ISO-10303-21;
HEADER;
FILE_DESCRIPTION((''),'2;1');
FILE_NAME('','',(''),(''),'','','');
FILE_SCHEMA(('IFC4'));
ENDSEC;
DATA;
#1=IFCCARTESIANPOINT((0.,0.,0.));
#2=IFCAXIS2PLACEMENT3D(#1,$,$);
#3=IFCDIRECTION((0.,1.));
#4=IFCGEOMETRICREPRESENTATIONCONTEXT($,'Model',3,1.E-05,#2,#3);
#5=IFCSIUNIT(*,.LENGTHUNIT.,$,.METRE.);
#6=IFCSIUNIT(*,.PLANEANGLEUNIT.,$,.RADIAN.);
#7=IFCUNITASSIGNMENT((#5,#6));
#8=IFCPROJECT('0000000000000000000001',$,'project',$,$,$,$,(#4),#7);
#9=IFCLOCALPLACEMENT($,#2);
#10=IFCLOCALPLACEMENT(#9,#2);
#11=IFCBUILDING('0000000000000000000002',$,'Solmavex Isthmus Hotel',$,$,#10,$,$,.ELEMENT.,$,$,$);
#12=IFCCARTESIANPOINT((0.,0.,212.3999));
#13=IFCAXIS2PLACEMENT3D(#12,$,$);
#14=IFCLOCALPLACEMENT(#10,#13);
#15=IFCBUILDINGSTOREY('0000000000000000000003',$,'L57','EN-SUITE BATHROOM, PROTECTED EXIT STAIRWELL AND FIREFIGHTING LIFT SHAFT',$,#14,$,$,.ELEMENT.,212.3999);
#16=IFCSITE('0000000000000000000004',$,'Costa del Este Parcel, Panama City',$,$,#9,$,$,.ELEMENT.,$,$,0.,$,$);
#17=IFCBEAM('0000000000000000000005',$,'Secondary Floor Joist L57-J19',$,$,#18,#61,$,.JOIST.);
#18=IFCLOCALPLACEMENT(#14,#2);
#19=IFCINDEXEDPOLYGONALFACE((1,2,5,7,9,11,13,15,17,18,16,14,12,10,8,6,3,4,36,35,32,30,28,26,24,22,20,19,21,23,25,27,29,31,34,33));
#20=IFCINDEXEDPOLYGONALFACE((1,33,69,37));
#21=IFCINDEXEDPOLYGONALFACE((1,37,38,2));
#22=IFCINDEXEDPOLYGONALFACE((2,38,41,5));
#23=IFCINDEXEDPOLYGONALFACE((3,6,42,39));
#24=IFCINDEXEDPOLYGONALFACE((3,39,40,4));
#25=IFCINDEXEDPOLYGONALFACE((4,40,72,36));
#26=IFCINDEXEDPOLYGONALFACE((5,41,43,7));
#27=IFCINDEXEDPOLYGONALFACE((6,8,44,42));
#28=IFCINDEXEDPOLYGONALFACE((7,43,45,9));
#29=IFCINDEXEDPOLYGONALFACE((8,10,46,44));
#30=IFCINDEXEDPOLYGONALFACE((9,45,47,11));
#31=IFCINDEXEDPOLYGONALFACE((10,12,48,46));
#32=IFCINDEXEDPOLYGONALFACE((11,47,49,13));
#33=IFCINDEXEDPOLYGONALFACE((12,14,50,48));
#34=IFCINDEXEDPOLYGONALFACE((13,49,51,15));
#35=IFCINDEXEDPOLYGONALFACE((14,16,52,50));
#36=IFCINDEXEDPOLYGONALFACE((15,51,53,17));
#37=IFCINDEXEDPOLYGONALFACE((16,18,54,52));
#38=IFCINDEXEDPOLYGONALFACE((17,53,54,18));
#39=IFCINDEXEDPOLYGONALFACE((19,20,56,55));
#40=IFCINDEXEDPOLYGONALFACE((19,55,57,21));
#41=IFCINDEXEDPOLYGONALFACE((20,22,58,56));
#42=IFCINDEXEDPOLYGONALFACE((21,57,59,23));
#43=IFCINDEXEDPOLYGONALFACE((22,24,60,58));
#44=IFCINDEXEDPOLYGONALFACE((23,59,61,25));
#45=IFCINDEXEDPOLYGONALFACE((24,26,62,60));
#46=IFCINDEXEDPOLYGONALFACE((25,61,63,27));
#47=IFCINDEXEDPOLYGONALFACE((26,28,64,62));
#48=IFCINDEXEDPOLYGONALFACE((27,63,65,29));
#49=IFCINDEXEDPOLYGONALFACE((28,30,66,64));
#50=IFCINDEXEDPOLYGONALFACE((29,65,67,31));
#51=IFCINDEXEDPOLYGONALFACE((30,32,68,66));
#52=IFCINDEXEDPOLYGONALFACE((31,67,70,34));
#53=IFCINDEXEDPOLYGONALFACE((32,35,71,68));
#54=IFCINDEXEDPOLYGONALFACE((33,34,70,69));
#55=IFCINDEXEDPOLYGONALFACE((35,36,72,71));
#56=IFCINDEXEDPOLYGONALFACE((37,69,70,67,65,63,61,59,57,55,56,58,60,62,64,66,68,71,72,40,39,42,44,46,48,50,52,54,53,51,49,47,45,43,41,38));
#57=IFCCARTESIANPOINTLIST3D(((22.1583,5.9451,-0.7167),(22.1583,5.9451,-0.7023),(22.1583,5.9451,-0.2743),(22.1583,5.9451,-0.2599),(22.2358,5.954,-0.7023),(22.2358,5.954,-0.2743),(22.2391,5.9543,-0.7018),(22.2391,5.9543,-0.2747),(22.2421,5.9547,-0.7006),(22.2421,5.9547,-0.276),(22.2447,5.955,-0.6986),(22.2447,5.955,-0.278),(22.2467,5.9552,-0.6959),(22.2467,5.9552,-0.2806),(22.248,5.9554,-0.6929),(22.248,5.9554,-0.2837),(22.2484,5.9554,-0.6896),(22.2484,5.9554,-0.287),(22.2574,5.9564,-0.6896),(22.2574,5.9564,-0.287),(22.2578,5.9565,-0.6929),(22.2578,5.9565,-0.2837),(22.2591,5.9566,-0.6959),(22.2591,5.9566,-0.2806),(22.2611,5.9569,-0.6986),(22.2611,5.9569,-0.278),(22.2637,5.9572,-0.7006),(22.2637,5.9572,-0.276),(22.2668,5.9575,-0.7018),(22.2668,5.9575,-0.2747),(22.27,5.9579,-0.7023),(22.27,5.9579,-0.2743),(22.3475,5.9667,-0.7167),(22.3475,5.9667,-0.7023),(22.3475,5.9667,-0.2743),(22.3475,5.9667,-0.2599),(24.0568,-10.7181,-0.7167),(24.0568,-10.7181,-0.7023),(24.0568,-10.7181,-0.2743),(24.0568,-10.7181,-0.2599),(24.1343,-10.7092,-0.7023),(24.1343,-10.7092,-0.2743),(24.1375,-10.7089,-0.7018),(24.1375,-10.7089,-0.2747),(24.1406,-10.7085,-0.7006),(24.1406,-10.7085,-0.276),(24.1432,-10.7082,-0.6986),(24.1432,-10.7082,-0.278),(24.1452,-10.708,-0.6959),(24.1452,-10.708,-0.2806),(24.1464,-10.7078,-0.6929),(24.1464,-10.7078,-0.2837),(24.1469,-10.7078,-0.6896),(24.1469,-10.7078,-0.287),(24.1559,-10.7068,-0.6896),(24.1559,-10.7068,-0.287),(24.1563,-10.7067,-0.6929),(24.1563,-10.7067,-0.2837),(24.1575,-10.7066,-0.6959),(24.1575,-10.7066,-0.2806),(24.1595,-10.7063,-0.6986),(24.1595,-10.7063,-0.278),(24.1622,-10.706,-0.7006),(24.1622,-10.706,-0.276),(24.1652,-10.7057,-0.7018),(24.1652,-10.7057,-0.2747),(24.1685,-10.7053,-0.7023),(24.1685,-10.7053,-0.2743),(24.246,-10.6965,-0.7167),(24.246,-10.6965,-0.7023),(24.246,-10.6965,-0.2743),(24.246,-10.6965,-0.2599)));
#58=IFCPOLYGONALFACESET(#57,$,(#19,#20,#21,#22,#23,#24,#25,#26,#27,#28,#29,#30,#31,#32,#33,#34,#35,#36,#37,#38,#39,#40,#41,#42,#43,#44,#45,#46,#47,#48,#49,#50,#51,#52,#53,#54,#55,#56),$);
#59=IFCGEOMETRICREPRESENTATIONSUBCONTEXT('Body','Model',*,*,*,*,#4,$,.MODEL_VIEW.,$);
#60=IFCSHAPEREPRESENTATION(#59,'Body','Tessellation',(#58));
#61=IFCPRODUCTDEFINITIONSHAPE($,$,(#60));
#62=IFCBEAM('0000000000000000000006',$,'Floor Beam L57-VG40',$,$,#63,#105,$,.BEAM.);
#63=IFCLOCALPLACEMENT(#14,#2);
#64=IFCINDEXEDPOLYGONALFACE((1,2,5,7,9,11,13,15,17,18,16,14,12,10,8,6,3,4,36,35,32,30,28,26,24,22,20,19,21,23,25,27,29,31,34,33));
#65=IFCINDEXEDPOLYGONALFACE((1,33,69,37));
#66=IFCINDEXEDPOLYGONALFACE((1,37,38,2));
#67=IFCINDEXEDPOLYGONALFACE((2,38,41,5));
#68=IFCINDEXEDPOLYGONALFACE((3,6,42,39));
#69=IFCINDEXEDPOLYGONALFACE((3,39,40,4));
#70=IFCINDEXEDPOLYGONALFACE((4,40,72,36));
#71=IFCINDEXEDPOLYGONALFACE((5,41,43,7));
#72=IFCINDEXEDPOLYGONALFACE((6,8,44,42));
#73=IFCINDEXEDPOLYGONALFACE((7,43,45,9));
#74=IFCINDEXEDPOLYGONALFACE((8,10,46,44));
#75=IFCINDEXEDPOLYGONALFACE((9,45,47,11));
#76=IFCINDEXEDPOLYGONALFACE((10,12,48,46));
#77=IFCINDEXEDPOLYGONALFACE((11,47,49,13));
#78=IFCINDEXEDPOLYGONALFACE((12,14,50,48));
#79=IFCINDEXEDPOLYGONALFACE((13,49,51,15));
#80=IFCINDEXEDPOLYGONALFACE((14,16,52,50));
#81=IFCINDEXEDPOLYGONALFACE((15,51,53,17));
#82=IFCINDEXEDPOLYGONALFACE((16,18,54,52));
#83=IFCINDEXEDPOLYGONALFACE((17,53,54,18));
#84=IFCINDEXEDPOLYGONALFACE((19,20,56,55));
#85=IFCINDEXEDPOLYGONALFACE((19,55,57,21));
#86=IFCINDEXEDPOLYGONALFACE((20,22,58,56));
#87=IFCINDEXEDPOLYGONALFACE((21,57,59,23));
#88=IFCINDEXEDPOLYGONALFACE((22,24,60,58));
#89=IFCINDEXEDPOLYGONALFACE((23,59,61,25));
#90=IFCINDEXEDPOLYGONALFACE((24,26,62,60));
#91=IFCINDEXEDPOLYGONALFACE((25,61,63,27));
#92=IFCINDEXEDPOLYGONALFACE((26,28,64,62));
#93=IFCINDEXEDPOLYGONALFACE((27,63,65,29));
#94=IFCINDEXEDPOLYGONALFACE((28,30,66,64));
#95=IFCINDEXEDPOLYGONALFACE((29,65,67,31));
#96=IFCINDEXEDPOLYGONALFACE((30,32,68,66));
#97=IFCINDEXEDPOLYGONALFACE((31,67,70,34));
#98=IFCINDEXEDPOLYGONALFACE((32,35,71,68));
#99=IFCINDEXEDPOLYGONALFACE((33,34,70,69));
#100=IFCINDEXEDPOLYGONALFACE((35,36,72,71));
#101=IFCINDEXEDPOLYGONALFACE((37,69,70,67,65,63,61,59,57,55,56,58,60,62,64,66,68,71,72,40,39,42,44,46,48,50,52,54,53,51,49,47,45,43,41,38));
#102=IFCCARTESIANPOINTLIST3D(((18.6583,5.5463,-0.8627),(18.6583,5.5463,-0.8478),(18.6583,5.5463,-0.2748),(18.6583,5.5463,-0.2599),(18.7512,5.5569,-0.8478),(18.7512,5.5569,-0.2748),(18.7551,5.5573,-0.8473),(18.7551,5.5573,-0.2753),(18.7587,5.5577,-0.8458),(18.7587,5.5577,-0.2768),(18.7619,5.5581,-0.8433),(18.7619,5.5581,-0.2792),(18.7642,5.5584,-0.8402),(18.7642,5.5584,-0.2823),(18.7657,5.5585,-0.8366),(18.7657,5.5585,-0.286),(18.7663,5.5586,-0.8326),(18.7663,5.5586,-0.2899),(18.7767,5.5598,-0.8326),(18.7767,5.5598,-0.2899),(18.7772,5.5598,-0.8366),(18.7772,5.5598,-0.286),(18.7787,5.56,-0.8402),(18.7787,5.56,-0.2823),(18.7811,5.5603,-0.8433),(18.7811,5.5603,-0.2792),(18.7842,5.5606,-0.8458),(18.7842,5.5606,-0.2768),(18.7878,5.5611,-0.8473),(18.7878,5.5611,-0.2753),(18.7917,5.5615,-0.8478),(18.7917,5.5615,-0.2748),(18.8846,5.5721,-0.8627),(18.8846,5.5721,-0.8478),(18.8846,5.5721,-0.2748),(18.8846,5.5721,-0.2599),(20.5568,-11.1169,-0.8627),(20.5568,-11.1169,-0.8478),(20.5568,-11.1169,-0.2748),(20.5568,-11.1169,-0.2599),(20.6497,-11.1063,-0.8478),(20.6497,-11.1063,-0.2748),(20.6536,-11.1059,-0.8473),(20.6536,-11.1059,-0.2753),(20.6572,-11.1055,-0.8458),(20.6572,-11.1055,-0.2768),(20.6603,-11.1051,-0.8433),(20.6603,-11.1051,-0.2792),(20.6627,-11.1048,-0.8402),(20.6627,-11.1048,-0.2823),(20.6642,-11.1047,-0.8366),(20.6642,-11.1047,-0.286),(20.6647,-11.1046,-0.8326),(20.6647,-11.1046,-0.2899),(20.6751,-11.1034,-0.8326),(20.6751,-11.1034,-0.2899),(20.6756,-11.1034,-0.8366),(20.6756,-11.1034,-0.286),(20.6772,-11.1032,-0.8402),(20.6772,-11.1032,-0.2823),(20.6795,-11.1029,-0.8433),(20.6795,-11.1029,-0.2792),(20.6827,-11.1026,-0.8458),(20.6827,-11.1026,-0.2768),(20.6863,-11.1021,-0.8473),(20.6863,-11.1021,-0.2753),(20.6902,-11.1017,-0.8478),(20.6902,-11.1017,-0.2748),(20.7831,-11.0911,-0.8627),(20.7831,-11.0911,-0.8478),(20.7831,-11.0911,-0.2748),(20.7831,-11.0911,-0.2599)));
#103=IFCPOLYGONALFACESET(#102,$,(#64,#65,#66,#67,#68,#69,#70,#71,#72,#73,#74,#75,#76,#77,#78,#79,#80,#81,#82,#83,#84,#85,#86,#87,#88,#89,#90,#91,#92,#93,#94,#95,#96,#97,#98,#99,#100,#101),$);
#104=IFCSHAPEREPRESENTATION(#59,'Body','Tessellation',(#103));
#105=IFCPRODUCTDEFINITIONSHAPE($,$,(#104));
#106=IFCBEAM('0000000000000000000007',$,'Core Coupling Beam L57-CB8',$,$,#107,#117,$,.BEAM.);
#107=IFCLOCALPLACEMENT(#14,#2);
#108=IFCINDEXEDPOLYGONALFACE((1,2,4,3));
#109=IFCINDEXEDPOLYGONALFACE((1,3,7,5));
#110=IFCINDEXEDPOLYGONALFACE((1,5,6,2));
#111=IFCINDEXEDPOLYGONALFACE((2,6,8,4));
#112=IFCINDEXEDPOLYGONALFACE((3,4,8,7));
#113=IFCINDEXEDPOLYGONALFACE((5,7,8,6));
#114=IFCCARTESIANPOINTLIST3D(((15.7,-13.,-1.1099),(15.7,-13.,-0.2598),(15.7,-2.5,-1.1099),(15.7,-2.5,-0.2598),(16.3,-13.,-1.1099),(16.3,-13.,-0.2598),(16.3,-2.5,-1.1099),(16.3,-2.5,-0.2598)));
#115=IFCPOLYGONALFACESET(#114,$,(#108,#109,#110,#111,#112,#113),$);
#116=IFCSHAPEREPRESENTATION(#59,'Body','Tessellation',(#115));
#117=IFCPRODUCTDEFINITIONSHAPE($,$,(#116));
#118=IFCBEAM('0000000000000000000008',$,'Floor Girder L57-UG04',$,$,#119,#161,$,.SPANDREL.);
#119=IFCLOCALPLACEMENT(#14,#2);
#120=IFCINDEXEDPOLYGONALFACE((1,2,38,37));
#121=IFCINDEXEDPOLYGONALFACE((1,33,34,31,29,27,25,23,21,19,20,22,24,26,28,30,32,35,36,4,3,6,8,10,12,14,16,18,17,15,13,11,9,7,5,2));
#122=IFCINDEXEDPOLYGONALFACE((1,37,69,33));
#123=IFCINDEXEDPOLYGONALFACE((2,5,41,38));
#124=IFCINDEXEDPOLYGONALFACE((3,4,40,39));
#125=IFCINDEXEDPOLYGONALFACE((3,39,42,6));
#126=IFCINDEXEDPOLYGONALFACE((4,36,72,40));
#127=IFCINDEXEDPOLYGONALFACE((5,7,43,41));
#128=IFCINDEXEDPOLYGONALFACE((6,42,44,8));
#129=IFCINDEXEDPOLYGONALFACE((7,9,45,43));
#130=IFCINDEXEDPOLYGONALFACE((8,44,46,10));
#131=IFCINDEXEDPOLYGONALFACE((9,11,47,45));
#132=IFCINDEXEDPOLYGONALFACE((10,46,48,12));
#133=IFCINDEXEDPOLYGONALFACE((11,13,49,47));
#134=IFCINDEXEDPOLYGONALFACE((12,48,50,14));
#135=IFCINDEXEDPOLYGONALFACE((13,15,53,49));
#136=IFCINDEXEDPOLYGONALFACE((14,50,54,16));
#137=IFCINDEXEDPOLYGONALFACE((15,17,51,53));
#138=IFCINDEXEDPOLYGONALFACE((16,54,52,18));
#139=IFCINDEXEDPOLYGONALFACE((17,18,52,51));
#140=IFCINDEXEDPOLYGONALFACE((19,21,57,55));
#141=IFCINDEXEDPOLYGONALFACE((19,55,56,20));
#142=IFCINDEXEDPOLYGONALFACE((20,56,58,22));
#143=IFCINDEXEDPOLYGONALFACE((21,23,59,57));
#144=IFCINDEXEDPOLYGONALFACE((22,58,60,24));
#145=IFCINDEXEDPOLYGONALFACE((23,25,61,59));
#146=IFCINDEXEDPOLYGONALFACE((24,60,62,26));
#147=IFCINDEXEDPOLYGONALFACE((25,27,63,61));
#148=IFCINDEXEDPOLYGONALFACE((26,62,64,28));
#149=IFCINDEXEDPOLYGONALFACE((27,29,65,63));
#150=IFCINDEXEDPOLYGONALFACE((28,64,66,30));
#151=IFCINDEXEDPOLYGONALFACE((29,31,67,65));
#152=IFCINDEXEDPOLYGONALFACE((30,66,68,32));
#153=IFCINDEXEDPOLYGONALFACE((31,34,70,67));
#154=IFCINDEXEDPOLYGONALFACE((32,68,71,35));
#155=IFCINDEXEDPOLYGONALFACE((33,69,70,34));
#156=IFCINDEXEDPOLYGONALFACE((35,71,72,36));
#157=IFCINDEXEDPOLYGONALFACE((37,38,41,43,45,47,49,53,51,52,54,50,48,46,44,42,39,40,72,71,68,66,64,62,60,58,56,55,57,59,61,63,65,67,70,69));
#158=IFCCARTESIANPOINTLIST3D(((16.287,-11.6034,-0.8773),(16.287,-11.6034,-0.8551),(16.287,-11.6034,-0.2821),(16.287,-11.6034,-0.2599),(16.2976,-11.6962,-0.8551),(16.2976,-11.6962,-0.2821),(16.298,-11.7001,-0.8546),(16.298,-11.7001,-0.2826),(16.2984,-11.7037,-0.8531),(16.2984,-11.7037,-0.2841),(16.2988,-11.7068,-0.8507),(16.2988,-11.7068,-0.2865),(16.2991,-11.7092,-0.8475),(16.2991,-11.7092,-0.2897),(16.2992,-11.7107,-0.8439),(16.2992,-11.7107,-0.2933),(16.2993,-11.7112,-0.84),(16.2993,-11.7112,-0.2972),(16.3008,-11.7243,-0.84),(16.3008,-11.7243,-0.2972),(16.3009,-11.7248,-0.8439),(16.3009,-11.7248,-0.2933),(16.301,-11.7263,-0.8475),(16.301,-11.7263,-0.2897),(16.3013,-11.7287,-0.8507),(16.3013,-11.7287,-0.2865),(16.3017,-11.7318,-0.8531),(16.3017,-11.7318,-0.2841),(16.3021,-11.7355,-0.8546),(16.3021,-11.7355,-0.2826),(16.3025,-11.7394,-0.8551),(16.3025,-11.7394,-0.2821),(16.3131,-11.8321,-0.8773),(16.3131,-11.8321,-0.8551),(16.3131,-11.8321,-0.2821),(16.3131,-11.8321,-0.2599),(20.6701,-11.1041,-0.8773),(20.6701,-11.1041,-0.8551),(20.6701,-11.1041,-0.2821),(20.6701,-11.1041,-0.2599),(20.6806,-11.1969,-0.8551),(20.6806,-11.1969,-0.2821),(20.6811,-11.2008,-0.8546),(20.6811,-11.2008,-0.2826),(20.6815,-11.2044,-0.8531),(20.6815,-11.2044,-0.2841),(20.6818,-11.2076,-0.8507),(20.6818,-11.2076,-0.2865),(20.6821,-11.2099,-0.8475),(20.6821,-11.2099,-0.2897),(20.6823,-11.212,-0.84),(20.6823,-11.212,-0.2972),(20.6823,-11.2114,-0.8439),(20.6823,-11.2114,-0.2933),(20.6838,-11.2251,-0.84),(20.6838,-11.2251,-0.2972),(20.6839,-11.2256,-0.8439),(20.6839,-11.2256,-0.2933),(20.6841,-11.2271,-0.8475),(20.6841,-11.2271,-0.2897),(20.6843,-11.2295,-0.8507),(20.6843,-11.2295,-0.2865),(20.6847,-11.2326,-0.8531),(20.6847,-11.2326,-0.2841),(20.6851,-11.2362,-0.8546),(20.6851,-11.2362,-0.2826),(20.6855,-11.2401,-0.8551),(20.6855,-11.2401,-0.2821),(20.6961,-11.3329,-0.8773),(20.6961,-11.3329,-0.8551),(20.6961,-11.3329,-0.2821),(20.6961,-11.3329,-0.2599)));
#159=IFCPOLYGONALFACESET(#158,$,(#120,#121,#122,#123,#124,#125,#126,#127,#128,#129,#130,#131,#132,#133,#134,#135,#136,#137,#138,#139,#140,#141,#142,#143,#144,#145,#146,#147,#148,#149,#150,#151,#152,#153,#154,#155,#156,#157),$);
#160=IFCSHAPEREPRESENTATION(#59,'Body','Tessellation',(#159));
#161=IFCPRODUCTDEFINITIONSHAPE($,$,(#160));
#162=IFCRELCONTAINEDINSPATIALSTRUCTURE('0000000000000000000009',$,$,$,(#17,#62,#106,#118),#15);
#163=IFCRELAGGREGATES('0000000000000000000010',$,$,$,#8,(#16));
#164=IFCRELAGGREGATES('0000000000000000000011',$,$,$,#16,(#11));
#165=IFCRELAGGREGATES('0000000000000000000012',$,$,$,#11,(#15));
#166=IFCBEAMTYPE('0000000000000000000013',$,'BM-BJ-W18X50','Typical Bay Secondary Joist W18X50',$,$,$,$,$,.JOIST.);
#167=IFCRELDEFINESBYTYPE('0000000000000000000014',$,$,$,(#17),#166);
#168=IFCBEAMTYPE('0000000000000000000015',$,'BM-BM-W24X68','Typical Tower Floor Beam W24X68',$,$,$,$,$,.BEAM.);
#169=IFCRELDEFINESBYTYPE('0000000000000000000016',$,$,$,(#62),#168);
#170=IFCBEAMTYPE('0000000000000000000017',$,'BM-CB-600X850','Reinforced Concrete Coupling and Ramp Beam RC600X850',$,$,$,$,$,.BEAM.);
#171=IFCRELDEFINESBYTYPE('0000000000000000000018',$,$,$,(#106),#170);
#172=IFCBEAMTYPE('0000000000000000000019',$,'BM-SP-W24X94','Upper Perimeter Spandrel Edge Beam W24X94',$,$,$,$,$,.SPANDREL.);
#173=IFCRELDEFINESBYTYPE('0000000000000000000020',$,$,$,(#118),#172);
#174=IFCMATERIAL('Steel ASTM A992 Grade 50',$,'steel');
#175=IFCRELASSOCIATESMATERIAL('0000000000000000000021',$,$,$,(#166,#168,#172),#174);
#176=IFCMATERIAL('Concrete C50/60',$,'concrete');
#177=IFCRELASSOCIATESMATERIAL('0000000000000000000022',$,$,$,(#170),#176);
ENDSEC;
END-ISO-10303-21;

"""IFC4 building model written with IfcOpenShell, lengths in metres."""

from ifc_helpers import new_model, si_unit, direction, frame, origin, origin_2d, place, context, subcontext, project, spatial, rectangle, i_section, extrude, material, material_profile, profile_set, type_object, element, save


model = new_model("IFC4")

# Units and contexts
model_context = context("Model", 3, precision=1e-05, world=origin(), true_north=direction((0.0, 1.0)))
body_context = subcontext(model_context, "Body", "Model", "MODEL_VIEW")
ifc_project = project(units=[si_unit("LENGTHUNIT", "METRE"), si_unit("PLANEANGLEUNIT", "RADIAN")], contexts=[model_context])

# Site, building, storey
site_placement = place(None, origin())
site = spatial("IfcSite", under=ifc_project, at=site_placement, Name="Costa del Este Parcel, Panama City", CompositionType="ELEMENT", RefElevation=0.0)
building_placement = place(site_placement, origin())
building = spatial("IfcBuilding", under=site, at=building_placement, Name="Solmavex Isthmus Hotel", CompositionType="ELEMENT")
storey_placement = place(building_placement, frame((0.0, 0.0, 212.3999)))
storey = spatial("IfcBuildingStorey", under=building, at=storey_placement, Name="L57", Description="EN-SUITE BATHROOM, PROTECTED EXIT STAIRWELL AND FIREFIGHTING LIFT SHAFT", CompositionType="ELEMENT", Elevation=212.3999)

# Shared definitions
ifc_material_1 = material(Name="Concrete C50/60", Category="concrete")

# Beams
ifc_material_2 = material(Name="Steel ASTM A992 Grade 50", Category="steel")
ifc_material_profile_1 = material_profile(ifc_material_2, i_section(OverallWidth=0.1904, OverallDepth=0.4568, WebThickness=0.009, FlangeThickness=0.0144, FilletRadius=0.0127, at=origin_2d()), Name="W18X50")
ifc_profile_set_1 = profile_set([ifc_material_profile_1], Name="Steel ASTM A992 Grade 50")
beam_type_1 = type_object("IfcBeamType", Name="BM-BJ-W18X50", Description="Typical Bay Secondary Joist W18X50", PredefinedType="JOIST", material=ifc_profile_set_1)
beam_1_placement = place(storey_placement, frame((24.1514, -10.7073, -0.4883), z_axis=(-0.113198, 0.993572, 0.0), x_axis=(-0.993572, -0.113198, 0.0)))
element("IfcBeam", 1, at=beam_1_placement, inside=storey, type_object=beam_type_1, Name="Secondary Floor Joist L57-J19", PredefinedType="JOIST", context=body_context, shape_type="SweptSolid", body=[
    extrude(i_section(OverallWidth=0.1904, OverallDepth=0.4568, WebThickness=0.009, FlangeThickness=0.0144, FilletRadius=0.0127, at=origin_2d()), origin(), (0.0, 0.0, 1.0), 16.771),
])
ifc_material_profile_2 = material_profile(ifc_material_2, i_section(OverallWidth=0.2278, OverallDepth=0.6028, WebThickness=0.0105, FlangeThickness=0.0149, FilletRadius=0.0151, at=origin_2d()), Name="W24X68")
ifc_profile_set_2 = profile_set([ifc_material_profile_2], Name="Steel ASTM A992 Grade 50")
beam_type_2 = type_object("IfcBeamType", Name="BM-BM-W24X68", Description="Typical Tower Floor Beam W24X68", PredefinedType="BEAM", material=ifc_profile_set_2)
beam_2_placement = place(storey_placement, frame((20.6699, -11.104, -0.5613), z_axis=(-0.113198, 0.993572, 0.0), x_axis=(-0.993572, -0.113198, 0.0)))
element("IfcBeam", 2, at=beam_2_placement, inside=storey, type_object=beam_type_2, Name="Floor Beam L57-VG40", PredefinedType="BEAM", context=body_context, shape_type="SweptSolid", body=[
    extrude(i_section(OverallWidth=0.2278, OverallDepth=0.6028, WebThickness=0.0105, FlangeThickness=0.0149, FilletRadius=0.0151, at=origin_2d()), origin(), (0.0, 0.0, 1.0), 16.771),
])
ifc_material_profile_3 = material_profile(ifc_material_1, rectangle(XDim=0.6001, YDim=0.8501, at=origin_2d()), Name="RC600X850")
ifc_profile_set_3 = profile_set([ifc_material_profile_3], Name="Concrete C50/60")
beam_type_3 = type_object("IfcBeamType", Name="BM-CB-600X850", Description="Reinforced Concrete Coupling and Ramp Beam RC600X850", PredefinedType="BEAM", material=ifc_profile_set_3)
beam_3_placement = place(storey_placement, frame((16.0, -13.0, -0.6848), z_axis=(0.0, 1.0, 0.0), x_axis=(-1.0, 0.0, 0.0)))
element("IfcBeam", 3, at=beam_3_placement, inside=storey, type_object=beam_type_3, Name="Core Coupling Beam L57-CB8", PredefinedType="BEAM", context=body_context, shape_type="SweptSolid", body=[
    extrude(rectangle(XDim=0.6001, YDim=0.8501, at=origin_2d()), origin(), (0.0, 0.0, 1.0), 10.5),
])
ifc_material_profile_4 = material_profile(ifc_material_2, i_section(OverallWidth=0.2302, OverallDepth=0.6174, WebThickness=0.0132, FlangeThickness=0.0222, FilletRadius=0.0151, at=origin_2d()), Name="W24X94")
ifc_profile_set_4 = profile_set([ifc_material_profile_4], Name="Steel ASTM A992 Grade 50")
beam_type_4 = type_object("IfcBeamType", Name="BM-SP-W24X94", Description="Upper Perimeter Spandrel Edge Beam W24X94", PredefinedType="SPANDREL", material=ifc_profile_set_4)
beam_4_placement = place(storey_placement, frame((16.3, -11.7178, -0.5686), z_axis=(0.993575, 0.113177, 0.0), x_axis=(-0.113177, 0.993575, 0.0)))
element("IfcBeam", 4, at=beam_4_placement, inside=storey, type_object=beam_type_4, Name="Floor Girder L57-UG04", PredefinedType="SPANDREL", context=body_context, shape_type="SweptSolid", body=[
    extrude(i_section(OverallWidth=0.2302, OverallDepth=0.6174, WebThickness=0.0132, FlangeThickness=0.0222, FilletRadius=0.0151, at=origin_2d()), origin(), (0.0, 0.0, 1.0), 4.4114),
])

save(model, "model.ifc")
